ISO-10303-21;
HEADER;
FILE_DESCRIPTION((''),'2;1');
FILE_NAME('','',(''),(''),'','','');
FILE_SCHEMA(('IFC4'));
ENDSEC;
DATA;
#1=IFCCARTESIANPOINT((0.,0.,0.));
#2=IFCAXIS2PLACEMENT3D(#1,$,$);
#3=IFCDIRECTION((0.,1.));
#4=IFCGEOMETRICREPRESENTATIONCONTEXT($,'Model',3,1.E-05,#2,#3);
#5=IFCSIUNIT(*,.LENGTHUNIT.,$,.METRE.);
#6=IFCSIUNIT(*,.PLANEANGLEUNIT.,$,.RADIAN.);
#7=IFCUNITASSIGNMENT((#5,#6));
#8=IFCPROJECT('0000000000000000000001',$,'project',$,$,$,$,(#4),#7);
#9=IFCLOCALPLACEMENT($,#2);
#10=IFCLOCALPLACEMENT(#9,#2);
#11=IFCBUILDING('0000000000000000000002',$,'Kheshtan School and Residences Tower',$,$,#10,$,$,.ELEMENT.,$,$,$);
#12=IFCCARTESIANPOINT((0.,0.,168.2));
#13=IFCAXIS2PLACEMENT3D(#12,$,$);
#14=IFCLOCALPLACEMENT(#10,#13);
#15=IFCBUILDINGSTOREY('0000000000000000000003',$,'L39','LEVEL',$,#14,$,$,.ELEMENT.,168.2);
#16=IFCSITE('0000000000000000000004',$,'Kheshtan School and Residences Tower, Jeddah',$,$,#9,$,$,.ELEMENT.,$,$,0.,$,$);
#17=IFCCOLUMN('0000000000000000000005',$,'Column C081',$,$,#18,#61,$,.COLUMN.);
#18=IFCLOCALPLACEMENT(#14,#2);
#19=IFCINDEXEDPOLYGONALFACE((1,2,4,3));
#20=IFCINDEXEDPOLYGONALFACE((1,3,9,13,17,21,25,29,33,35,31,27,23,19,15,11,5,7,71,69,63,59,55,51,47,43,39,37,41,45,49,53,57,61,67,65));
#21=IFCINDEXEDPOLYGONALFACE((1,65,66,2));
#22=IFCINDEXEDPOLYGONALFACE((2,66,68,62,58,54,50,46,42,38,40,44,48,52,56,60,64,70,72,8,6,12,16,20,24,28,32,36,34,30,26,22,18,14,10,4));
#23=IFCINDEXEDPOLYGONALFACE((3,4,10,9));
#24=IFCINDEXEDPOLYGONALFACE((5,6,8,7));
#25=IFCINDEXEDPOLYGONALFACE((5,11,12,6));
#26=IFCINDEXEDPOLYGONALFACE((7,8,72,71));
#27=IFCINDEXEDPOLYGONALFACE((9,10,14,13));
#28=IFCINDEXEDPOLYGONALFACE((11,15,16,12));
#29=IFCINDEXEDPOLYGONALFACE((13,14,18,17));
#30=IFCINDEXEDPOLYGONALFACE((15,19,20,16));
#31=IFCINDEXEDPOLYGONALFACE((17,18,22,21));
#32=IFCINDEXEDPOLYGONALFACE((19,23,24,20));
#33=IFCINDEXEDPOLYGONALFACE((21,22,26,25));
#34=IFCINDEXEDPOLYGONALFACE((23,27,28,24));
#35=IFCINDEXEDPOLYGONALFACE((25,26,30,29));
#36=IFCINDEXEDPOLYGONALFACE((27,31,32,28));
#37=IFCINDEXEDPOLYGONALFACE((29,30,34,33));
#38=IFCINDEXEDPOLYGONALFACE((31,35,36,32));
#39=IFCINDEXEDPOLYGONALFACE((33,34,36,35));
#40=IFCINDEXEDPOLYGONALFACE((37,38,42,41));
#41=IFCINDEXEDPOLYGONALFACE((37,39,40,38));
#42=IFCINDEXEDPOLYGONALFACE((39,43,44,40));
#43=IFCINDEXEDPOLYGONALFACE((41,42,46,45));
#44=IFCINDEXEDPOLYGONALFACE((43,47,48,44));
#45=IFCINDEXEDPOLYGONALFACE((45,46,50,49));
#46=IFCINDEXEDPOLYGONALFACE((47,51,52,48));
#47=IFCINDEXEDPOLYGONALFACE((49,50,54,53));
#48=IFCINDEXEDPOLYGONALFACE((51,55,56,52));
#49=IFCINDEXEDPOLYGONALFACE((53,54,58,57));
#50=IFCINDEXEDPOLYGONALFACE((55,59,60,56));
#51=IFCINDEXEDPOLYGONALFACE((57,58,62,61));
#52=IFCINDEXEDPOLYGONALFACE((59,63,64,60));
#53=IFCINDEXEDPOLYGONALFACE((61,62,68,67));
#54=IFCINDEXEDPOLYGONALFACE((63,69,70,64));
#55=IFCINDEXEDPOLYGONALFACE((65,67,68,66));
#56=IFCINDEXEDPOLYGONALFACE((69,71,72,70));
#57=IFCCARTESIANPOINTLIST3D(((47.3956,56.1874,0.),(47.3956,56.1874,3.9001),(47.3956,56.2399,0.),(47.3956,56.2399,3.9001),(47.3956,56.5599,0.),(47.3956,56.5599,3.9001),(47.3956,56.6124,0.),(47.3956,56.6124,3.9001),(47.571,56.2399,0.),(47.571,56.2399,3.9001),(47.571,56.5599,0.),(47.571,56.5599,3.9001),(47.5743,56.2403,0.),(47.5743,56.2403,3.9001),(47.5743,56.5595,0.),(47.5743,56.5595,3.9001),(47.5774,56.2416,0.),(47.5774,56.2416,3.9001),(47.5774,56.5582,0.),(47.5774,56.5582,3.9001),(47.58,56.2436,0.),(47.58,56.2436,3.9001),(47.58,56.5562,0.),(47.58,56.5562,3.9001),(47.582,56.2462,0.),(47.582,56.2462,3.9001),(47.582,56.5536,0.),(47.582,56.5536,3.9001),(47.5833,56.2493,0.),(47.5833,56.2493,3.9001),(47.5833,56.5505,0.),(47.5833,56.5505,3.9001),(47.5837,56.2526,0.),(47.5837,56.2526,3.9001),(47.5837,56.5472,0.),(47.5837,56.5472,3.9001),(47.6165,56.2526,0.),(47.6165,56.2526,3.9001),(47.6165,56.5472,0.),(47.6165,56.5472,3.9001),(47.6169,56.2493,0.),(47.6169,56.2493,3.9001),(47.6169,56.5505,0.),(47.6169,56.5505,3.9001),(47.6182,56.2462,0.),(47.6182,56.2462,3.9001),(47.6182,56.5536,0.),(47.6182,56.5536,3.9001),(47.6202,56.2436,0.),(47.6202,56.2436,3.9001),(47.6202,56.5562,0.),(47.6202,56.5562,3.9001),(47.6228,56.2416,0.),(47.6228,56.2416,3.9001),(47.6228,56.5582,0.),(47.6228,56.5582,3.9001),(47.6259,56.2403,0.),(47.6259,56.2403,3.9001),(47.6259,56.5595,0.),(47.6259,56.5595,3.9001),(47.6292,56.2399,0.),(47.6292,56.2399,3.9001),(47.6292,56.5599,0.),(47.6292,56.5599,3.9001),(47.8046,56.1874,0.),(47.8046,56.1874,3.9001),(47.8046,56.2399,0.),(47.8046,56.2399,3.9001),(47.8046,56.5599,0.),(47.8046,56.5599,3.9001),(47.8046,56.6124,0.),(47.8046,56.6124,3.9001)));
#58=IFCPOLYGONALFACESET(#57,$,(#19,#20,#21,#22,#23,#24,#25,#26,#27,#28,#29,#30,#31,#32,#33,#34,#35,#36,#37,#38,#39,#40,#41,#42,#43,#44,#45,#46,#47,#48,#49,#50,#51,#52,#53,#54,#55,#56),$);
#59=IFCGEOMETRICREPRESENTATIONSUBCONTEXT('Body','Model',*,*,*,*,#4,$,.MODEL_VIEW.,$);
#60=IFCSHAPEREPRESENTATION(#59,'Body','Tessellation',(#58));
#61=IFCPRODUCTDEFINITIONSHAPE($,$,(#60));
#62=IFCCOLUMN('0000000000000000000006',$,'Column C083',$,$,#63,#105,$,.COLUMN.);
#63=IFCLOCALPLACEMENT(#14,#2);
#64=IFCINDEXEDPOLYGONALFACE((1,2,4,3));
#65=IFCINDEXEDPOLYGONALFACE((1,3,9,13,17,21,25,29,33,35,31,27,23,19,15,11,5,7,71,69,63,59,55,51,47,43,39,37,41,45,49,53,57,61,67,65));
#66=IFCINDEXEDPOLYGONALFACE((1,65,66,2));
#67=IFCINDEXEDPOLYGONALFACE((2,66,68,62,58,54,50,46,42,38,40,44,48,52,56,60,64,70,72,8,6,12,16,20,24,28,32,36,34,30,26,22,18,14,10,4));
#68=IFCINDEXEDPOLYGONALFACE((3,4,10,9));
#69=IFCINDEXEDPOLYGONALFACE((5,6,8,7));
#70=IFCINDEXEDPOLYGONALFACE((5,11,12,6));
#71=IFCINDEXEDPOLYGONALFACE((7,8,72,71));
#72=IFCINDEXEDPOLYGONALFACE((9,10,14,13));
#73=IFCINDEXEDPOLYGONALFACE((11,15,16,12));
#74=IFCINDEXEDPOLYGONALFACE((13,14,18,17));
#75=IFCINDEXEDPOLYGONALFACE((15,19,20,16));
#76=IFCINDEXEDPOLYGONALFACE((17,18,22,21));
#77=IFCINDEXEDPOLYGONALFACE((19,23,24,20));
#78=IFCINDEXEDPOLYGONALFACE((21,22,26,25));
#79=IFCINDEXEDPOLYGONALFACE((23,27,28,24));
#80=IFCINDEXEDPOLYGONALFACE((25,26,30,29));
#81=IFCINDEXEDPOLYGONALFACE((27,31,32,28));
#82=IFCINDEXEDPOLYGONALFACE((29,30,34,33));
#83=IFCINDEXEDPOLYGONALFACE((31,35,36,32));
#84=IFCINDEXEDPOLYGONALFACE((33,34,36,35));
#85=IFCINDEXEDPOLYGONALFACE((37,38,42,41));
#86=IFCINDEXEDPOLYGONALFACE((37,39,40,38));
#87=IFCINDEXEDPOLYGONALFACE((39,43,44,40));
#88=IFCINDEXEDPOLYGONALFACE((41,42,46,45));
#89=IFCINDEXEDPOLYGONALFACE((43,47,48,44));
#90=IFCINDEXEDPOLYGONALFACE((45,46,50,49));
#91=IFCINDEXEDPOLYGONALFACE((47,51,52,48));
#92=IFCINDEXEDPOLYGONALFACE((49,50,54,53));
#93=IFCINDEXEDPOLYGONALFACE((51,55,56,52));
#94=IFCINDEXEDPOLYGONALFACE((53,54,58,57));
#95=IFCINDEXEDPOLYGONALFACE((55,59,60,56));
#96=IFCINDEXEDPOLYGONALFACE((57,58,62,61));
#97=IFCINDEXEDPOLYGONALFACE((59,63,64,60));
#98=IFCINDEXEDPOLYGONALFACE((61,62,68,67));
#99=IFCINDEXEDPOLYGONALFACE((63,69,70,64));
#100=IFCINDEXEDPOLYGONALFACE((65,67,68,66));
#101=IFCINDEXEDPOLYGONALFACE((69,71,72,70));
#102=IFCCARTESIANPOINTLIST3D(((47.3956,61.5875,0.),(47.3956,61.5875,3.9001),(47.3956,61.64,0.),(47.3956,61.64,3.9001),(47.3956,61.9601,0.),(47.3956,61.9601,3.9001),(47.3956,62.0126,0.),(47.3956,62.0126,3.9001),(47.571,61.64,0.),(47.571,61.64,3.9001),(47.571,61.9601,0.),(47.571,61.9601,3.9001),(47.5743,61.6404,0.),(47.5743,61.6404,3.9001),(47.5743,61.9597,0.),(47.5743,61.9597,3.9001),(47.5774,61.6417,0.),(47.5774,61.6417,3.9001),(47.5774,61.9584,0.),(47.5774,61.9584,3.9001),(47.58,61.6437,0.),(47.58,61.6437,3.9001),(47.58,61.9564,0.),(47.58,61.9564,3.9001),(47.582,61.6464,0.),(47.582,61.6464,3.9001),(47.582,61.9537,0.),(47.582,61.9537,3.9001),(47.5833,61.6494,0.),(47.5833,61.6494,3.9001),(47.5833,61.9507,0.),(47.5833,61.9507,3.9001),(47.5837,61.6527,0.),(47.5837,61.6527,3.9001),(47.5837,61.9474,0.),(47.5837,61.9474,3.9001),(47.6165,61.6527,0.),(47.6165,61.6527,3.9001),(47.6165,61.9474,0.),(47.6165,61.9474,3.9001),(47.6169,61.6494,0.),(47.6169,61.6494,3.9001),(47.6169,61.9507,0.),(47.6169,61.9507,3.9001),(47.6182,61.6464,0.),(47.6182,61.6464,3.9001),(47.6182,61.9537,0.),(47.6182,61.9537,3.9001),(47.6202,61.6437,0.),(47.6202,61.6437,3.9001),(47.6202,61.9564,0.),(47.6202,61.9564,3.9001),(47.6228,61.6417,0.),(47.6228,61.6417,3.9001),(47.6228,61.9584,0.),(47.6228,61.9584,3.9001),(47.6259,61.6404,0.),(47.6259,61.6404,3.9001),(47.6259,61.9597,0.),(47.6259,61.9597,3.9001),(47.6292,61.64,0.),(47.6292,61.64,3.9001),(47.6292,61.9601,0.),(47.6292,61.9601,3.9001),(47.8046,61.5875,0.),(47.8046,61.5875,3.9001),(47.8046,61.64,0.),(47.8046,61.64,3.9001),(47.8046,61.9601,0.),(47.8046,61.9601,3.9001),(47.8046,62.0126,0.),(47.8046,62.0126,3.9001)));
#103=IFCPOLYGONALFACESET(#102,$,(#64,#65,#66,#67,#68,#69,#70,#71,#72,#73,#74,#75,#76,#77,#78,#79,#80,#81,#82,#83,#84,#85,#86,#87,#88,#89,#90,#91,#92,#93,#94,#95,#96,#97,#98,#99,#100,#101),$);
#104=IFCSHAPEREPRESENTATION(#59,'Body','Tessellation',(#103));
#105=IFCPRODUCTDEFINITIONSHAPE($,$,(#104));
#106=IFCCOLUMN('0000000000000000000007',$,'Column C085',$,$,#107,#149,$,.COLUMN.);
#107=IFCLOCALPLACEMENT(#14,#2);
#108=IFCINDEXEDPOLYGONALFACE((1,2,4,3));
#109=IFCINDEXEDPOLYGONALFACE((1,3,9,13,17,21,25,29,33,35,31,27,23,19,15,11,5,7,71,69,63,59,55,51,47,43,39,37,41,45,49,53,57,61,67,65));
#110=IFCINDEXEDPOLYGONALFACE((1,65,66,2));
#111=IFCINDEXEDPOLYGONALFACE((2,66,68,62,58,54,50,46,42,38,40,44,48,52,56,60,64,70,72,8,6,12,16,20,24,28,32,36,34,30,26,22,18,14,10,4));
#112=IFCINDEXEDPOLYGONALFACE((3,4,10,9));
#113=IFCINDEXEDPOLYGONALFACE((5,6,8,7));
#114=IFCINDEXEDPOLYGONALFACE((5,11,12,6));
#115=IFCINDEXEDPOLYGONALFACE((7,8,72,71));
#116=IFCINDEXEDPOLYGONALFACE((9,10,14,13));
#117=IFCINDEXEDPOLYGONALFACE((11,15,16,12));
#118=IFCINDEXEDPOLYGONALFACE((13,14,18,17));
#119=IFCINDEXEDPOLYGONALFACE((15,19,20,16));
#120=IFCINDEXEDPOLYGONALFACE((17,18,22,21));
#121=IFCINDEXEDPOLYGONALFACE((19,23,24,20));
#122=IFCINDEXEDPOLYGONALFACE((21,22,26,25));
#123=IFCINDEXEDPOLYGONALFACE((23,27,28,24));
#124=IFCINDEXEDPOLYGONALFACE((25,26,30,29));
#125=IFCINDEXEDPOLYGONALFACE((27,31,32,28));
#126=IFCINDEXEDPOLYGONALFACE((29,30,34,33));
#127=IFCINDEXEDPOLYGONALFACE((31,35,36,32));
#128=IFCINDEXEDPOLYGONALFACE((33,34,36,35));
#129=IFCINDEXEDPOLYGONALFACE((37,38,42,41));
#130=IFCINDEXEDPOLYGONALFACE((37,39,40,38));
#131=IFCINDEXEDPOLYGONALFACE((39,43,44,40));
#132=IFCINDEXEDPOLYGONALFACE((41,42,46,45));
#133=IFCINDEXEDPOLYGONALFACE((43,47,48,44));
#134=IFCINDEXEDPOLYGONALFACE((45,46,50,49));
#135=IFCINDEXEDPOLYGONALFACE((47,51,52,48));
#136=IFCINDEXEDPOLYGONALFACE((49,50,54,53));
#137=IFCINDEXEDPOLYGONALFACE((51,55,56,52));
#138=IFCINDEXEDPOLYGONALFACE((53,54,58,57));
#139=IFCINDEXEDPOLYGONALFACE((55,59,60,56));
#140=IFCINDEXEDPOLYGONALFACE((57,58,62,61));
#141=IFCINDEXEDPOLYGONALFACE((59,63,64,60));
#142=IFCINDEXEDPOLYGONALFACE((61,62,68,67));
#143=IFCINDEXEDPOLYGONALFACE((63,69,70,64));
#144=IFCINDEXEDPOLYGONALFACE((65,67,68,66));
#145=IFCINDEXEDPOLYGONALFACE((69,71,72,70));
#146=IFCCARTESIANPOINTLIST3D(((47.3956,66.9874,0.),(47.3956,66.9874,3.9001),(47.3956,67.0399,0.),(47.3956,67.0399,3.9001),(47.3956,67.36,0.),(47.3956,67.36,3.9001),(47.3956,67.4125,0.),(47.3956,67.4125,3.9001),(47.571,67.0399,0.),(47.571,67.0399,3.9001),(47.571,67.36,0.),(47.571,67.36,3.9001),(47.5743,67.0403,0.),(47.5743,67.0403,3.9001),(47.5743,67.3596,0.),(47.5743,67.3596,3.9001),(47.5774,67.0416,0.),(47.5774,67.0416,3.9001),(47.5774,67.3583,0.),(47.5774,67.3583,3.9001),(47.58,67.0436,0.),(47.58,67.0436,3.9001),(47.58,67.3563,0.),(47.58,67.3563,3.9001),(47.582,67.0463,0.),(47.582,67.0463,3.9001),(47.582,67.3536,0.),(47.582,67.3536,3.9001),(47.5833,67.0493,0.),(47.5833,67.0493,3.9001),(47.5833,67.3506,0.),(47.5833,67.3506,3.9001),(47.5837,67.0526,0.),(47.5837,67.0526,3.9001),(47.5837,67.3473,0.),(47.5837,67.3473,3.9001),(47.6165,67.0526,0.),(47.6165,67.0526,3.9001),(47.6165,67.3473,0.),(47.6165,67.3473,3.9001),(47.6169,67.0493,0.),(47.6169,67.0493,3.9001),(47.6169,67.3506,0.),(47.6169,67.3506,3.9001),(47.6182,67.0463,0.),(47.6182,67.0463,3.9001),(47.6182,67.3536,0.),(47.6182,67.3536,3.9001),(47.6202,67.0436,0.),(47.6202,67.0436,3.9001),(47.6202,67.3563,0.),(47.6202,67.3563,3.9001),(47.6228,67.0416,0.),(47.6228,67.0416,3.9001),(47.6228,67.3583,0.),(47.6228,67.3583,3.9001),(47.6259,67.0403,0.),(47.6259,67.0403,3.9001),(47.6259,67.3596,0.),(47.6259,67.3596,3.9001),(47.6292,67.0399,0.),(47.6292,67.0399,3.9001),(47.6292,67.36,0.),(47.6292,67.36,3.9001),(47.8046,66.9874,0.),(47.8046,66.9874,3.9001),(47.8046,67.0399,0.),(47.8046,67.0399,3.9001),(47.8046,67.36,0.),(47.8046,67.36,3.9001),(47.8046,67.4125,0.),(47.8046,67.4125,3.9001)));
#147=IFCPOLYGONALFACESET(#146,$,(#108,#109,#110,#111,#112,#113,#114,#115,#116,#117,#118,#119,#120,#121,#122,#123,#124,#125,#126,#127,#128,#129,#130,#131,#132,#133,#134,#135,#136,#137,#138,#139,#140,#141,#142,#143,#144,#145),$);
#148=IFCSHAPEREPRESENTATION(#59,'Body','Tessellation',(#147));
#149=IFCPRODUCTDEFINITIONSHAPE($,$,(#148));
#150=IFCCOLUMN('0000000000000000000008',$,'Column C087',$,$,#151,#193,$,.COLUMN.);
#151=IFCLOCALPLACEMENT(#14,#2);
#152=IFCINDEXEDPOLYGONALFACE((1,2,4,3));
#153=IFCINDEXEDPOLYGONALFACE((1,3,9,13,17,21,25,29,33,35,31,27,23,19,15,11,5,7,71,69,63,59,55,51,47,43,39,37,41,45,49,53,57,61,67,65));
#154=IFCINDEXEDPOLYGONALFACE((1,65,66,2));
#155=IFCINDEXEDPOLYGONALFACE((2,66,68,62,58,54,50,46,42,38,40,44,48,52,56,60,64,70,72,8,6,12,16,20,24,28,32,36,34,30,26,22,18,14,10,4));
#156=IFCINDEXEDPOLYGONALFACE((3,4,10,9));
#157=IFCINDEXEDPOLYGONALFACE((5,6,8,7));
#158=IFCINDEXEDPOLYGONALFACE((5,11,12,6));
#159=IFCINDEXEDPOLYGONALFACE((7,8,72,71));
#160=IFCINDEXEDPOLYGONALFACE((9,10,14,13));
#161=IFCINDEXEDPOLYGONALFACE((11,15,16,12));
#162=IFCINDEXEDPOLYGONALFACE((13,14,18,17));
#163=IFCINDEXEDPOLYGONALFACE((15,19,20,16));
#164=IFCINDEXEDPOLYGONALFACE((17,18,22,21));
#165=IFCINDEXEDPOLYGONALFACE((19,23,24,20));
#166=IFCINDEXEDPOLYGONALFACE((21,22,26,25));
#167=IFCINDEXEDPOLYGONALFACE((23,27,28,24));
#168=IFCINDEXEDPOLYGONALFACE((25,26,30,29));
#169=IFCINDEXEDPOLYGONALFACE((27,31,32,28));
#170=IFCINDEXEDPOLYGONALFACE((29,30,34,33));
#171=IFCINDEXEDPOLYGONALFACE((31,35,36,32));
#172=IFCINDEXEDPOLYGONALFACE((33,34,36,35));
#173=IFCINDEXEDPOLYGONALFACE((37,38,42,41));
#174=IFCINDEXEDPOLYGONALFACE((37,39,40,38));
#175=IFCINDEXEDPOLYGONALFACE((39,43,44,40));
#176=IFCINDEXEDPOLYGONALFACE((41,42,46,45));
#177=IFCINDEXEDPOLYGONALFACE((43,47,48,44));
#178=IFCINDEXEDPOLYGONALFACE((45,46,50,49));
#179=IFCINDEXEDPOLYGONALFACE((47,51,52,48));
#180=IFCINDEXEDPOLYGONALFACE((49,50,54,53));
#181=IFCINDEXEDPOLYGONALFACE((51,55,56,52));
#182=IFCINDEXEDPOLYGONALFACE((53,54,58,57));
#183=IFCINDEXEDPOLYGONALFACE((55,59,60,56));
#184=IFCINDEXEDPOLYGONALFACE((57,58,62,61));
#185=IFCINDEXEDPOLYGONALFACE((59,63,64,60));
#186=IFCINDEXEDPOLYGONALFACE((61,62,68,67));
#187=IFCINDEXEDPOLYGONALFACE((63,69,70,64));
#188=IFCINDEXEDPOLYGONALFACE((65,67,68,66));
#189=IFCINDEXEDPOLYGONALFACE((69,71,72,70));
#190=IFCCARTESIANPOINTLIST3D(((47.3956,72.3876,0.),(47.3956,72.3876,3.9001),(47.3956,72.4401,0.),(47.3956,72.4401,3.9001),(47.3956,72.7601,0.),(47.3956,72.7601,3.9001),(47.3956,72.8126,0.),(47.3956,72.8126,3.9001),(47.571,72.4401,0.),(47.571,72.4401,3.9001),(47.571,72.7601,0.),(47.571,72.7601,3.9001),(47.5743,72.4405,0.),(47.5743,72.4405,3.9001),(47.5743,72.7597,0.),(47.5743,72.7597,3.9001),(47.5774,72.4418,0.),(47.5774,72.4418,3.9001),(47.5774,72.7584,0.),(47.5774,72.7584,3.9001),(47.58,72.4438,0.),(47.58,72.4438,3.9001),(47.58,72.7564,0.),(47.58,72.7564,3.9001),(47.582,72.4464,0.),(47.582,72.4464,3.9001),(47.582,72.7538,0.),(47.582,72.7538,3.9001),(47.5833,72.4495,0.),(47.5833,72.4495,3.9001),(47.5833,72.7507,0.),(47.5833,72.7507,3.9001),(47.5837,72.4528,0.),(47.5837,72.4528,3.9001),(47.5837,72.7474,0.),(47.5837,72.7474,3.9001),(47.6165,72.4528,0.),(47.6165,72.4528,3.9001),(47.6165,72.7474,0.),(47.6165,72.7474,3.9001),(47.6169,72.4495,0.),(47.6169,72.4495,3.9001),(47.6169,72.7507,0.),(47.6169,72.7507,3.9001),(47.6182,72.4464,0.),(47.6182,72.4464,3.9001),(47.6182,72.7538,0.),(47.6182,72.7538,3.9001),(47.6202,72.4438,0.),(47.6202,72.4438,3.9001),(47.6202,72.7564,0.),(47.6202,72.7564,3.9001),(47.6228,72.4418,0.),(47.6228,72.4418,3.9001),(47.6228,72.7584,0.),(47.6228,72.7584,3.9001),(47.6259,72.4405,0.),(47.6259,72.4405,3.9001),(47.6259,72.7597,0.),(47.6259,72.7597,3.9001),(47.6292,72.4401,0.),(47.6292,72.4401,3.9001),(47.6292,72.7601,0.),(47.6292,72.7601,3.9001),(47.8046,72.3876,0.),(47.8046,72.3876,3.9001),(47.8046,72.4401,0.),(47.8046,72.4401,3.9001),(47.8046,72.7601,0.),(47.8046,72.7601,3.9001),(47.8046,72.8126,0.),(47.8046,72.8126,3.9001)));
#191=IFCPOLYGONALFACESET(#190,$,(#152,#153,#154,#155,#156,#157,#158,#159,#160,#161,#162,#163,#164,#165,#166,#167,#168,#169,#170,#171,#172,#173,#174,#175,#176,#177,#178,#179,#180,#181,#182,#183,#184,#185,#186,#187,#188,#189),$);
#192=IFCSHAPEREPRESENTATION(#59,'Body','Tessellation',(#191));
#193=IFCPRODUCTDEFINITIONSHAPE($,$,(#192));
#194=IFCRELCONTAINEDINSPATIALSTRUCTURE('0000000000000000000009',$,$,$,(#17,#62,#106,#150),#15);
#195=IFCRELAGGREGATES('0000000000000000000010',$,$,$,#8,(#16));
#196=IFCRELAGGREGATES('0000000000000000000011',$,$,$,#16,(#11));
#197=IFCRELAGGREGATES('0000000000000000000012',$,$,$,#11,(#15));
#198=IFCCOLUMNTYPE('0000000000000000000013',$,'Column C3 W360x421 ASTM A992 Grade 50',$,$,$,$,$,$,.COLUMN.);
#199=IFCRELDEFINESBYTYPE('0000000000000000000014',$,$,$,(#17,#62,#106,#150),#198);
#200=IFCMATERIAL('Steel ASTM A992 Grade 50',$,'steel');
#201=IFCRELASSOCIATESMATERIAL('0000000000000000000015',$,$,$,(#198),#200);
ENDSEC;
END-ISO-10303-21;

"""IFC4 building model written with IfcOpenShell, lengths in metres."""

from ifc_helpers import new_model, si_unit, direction, frame, origin, origin_2d, place, context, subcontext, project, spatial, i_section, extrude, material, material_profile, profile_set, type_object, element, save


model = new_model("IFC4")

# Units and contexts
model_context = context("Model", 3, precision=1e-05, world=origin(), true_north=direction((0.0, 1.0)))
body_context = subcontext(model_context, "Body", "Model", "MODEL_VIEW")
ifc_project = project(units=[si_unit("LENGTHUNIT", "METRE"), si_unit("PLANEANGLEUNIT", "RADIAN")], contexts=[model_context])

# Site, building, storey
site_placement = place(None, origin())
site = spatial("IfcSite", under=ifc_project, at=site_placement, Name="Kheshtan School and Residences Tower, Jeddah", CompositionType="ELEMENT", RefElevation=0.0)
building_placement = place(site_placement, origin())
building = spatial("IfcBuilding", under=site, at=building_placement, Name="Kheshtan School and Residences Tower", CompositionType="ELEMENT")
storey_placement = place(building_placement, frame((0.0, 0.0, 168.2)))
storey = spatial("IfcBuildingStorey", under=building, at=storey_placement, Name="L39", Description="LEVEL", CompositionType="ELEMENT", Elevation=168.2)

# Columns
ifc_material_1 = material(Name="Steel ASTM A992 Grade 50", Category="steel")
ifc_material_profile_1 = material_profile(ifc_material_1, i_section(OverallWidth=0.4089, OverallDepth=0.425, WebThickness=0.0327, FlangeThickness=0.0525, FilletRadius=0.0127, at=origin_2d()), Name="W360x421")
ifc_profile_set_1 = profile_set([ifc_material_profile_1], Name="Steel ASTM A992 Grade 50")
column_type = type_object("IfcColumnType", Name="Column C3 W360x421 ASTM A992 Grade 50", PredefinedType="COLUMN", material=ifc_profile_set_1)
for number, where, z_axis, x_axis, name in (
    (1, (47.6001, 56.3999, 0.0), (0.0, 0.0, 1.0), (1.0, 0.0, 0.0), "Column C081"),
    (2, (47.6001, 61.8, 0.0), (0.0, 0.0, 1.0), (1.0, 0.0, 0.0), "Column C083"),
    (3, (47.6001, 67.2, 0.0), (0.0, 0.0, 1.0), (1.0, 0.0, 0.0), "Column C085"),
    (4, (47.6001, 72.6001, 0.0), (0.0, 0.0, 1.0), (1.0, 0.0, 0.0), "Column C087"),
):
    element("IfcColumn", number, at=place(storey_placement, frame(where, z_axis=z_axis, x_axis=x_axis)), inside=storey, type_object=column_type, Name=name, PredefinedType="COLUMN", context=body_context, shape_type="SweptSolid", body=[
        extrude(i_section(OverallWidth=0.4089, OverallDepth=0.425, WebThickness=0.0327, FlangeThickness=0.0525, FilletRadius=0.0127, at=origin_2d()), origin(), (0.0, 0.0, 1.0), 3.9001),
    ])

save(model, "model.ifc")
